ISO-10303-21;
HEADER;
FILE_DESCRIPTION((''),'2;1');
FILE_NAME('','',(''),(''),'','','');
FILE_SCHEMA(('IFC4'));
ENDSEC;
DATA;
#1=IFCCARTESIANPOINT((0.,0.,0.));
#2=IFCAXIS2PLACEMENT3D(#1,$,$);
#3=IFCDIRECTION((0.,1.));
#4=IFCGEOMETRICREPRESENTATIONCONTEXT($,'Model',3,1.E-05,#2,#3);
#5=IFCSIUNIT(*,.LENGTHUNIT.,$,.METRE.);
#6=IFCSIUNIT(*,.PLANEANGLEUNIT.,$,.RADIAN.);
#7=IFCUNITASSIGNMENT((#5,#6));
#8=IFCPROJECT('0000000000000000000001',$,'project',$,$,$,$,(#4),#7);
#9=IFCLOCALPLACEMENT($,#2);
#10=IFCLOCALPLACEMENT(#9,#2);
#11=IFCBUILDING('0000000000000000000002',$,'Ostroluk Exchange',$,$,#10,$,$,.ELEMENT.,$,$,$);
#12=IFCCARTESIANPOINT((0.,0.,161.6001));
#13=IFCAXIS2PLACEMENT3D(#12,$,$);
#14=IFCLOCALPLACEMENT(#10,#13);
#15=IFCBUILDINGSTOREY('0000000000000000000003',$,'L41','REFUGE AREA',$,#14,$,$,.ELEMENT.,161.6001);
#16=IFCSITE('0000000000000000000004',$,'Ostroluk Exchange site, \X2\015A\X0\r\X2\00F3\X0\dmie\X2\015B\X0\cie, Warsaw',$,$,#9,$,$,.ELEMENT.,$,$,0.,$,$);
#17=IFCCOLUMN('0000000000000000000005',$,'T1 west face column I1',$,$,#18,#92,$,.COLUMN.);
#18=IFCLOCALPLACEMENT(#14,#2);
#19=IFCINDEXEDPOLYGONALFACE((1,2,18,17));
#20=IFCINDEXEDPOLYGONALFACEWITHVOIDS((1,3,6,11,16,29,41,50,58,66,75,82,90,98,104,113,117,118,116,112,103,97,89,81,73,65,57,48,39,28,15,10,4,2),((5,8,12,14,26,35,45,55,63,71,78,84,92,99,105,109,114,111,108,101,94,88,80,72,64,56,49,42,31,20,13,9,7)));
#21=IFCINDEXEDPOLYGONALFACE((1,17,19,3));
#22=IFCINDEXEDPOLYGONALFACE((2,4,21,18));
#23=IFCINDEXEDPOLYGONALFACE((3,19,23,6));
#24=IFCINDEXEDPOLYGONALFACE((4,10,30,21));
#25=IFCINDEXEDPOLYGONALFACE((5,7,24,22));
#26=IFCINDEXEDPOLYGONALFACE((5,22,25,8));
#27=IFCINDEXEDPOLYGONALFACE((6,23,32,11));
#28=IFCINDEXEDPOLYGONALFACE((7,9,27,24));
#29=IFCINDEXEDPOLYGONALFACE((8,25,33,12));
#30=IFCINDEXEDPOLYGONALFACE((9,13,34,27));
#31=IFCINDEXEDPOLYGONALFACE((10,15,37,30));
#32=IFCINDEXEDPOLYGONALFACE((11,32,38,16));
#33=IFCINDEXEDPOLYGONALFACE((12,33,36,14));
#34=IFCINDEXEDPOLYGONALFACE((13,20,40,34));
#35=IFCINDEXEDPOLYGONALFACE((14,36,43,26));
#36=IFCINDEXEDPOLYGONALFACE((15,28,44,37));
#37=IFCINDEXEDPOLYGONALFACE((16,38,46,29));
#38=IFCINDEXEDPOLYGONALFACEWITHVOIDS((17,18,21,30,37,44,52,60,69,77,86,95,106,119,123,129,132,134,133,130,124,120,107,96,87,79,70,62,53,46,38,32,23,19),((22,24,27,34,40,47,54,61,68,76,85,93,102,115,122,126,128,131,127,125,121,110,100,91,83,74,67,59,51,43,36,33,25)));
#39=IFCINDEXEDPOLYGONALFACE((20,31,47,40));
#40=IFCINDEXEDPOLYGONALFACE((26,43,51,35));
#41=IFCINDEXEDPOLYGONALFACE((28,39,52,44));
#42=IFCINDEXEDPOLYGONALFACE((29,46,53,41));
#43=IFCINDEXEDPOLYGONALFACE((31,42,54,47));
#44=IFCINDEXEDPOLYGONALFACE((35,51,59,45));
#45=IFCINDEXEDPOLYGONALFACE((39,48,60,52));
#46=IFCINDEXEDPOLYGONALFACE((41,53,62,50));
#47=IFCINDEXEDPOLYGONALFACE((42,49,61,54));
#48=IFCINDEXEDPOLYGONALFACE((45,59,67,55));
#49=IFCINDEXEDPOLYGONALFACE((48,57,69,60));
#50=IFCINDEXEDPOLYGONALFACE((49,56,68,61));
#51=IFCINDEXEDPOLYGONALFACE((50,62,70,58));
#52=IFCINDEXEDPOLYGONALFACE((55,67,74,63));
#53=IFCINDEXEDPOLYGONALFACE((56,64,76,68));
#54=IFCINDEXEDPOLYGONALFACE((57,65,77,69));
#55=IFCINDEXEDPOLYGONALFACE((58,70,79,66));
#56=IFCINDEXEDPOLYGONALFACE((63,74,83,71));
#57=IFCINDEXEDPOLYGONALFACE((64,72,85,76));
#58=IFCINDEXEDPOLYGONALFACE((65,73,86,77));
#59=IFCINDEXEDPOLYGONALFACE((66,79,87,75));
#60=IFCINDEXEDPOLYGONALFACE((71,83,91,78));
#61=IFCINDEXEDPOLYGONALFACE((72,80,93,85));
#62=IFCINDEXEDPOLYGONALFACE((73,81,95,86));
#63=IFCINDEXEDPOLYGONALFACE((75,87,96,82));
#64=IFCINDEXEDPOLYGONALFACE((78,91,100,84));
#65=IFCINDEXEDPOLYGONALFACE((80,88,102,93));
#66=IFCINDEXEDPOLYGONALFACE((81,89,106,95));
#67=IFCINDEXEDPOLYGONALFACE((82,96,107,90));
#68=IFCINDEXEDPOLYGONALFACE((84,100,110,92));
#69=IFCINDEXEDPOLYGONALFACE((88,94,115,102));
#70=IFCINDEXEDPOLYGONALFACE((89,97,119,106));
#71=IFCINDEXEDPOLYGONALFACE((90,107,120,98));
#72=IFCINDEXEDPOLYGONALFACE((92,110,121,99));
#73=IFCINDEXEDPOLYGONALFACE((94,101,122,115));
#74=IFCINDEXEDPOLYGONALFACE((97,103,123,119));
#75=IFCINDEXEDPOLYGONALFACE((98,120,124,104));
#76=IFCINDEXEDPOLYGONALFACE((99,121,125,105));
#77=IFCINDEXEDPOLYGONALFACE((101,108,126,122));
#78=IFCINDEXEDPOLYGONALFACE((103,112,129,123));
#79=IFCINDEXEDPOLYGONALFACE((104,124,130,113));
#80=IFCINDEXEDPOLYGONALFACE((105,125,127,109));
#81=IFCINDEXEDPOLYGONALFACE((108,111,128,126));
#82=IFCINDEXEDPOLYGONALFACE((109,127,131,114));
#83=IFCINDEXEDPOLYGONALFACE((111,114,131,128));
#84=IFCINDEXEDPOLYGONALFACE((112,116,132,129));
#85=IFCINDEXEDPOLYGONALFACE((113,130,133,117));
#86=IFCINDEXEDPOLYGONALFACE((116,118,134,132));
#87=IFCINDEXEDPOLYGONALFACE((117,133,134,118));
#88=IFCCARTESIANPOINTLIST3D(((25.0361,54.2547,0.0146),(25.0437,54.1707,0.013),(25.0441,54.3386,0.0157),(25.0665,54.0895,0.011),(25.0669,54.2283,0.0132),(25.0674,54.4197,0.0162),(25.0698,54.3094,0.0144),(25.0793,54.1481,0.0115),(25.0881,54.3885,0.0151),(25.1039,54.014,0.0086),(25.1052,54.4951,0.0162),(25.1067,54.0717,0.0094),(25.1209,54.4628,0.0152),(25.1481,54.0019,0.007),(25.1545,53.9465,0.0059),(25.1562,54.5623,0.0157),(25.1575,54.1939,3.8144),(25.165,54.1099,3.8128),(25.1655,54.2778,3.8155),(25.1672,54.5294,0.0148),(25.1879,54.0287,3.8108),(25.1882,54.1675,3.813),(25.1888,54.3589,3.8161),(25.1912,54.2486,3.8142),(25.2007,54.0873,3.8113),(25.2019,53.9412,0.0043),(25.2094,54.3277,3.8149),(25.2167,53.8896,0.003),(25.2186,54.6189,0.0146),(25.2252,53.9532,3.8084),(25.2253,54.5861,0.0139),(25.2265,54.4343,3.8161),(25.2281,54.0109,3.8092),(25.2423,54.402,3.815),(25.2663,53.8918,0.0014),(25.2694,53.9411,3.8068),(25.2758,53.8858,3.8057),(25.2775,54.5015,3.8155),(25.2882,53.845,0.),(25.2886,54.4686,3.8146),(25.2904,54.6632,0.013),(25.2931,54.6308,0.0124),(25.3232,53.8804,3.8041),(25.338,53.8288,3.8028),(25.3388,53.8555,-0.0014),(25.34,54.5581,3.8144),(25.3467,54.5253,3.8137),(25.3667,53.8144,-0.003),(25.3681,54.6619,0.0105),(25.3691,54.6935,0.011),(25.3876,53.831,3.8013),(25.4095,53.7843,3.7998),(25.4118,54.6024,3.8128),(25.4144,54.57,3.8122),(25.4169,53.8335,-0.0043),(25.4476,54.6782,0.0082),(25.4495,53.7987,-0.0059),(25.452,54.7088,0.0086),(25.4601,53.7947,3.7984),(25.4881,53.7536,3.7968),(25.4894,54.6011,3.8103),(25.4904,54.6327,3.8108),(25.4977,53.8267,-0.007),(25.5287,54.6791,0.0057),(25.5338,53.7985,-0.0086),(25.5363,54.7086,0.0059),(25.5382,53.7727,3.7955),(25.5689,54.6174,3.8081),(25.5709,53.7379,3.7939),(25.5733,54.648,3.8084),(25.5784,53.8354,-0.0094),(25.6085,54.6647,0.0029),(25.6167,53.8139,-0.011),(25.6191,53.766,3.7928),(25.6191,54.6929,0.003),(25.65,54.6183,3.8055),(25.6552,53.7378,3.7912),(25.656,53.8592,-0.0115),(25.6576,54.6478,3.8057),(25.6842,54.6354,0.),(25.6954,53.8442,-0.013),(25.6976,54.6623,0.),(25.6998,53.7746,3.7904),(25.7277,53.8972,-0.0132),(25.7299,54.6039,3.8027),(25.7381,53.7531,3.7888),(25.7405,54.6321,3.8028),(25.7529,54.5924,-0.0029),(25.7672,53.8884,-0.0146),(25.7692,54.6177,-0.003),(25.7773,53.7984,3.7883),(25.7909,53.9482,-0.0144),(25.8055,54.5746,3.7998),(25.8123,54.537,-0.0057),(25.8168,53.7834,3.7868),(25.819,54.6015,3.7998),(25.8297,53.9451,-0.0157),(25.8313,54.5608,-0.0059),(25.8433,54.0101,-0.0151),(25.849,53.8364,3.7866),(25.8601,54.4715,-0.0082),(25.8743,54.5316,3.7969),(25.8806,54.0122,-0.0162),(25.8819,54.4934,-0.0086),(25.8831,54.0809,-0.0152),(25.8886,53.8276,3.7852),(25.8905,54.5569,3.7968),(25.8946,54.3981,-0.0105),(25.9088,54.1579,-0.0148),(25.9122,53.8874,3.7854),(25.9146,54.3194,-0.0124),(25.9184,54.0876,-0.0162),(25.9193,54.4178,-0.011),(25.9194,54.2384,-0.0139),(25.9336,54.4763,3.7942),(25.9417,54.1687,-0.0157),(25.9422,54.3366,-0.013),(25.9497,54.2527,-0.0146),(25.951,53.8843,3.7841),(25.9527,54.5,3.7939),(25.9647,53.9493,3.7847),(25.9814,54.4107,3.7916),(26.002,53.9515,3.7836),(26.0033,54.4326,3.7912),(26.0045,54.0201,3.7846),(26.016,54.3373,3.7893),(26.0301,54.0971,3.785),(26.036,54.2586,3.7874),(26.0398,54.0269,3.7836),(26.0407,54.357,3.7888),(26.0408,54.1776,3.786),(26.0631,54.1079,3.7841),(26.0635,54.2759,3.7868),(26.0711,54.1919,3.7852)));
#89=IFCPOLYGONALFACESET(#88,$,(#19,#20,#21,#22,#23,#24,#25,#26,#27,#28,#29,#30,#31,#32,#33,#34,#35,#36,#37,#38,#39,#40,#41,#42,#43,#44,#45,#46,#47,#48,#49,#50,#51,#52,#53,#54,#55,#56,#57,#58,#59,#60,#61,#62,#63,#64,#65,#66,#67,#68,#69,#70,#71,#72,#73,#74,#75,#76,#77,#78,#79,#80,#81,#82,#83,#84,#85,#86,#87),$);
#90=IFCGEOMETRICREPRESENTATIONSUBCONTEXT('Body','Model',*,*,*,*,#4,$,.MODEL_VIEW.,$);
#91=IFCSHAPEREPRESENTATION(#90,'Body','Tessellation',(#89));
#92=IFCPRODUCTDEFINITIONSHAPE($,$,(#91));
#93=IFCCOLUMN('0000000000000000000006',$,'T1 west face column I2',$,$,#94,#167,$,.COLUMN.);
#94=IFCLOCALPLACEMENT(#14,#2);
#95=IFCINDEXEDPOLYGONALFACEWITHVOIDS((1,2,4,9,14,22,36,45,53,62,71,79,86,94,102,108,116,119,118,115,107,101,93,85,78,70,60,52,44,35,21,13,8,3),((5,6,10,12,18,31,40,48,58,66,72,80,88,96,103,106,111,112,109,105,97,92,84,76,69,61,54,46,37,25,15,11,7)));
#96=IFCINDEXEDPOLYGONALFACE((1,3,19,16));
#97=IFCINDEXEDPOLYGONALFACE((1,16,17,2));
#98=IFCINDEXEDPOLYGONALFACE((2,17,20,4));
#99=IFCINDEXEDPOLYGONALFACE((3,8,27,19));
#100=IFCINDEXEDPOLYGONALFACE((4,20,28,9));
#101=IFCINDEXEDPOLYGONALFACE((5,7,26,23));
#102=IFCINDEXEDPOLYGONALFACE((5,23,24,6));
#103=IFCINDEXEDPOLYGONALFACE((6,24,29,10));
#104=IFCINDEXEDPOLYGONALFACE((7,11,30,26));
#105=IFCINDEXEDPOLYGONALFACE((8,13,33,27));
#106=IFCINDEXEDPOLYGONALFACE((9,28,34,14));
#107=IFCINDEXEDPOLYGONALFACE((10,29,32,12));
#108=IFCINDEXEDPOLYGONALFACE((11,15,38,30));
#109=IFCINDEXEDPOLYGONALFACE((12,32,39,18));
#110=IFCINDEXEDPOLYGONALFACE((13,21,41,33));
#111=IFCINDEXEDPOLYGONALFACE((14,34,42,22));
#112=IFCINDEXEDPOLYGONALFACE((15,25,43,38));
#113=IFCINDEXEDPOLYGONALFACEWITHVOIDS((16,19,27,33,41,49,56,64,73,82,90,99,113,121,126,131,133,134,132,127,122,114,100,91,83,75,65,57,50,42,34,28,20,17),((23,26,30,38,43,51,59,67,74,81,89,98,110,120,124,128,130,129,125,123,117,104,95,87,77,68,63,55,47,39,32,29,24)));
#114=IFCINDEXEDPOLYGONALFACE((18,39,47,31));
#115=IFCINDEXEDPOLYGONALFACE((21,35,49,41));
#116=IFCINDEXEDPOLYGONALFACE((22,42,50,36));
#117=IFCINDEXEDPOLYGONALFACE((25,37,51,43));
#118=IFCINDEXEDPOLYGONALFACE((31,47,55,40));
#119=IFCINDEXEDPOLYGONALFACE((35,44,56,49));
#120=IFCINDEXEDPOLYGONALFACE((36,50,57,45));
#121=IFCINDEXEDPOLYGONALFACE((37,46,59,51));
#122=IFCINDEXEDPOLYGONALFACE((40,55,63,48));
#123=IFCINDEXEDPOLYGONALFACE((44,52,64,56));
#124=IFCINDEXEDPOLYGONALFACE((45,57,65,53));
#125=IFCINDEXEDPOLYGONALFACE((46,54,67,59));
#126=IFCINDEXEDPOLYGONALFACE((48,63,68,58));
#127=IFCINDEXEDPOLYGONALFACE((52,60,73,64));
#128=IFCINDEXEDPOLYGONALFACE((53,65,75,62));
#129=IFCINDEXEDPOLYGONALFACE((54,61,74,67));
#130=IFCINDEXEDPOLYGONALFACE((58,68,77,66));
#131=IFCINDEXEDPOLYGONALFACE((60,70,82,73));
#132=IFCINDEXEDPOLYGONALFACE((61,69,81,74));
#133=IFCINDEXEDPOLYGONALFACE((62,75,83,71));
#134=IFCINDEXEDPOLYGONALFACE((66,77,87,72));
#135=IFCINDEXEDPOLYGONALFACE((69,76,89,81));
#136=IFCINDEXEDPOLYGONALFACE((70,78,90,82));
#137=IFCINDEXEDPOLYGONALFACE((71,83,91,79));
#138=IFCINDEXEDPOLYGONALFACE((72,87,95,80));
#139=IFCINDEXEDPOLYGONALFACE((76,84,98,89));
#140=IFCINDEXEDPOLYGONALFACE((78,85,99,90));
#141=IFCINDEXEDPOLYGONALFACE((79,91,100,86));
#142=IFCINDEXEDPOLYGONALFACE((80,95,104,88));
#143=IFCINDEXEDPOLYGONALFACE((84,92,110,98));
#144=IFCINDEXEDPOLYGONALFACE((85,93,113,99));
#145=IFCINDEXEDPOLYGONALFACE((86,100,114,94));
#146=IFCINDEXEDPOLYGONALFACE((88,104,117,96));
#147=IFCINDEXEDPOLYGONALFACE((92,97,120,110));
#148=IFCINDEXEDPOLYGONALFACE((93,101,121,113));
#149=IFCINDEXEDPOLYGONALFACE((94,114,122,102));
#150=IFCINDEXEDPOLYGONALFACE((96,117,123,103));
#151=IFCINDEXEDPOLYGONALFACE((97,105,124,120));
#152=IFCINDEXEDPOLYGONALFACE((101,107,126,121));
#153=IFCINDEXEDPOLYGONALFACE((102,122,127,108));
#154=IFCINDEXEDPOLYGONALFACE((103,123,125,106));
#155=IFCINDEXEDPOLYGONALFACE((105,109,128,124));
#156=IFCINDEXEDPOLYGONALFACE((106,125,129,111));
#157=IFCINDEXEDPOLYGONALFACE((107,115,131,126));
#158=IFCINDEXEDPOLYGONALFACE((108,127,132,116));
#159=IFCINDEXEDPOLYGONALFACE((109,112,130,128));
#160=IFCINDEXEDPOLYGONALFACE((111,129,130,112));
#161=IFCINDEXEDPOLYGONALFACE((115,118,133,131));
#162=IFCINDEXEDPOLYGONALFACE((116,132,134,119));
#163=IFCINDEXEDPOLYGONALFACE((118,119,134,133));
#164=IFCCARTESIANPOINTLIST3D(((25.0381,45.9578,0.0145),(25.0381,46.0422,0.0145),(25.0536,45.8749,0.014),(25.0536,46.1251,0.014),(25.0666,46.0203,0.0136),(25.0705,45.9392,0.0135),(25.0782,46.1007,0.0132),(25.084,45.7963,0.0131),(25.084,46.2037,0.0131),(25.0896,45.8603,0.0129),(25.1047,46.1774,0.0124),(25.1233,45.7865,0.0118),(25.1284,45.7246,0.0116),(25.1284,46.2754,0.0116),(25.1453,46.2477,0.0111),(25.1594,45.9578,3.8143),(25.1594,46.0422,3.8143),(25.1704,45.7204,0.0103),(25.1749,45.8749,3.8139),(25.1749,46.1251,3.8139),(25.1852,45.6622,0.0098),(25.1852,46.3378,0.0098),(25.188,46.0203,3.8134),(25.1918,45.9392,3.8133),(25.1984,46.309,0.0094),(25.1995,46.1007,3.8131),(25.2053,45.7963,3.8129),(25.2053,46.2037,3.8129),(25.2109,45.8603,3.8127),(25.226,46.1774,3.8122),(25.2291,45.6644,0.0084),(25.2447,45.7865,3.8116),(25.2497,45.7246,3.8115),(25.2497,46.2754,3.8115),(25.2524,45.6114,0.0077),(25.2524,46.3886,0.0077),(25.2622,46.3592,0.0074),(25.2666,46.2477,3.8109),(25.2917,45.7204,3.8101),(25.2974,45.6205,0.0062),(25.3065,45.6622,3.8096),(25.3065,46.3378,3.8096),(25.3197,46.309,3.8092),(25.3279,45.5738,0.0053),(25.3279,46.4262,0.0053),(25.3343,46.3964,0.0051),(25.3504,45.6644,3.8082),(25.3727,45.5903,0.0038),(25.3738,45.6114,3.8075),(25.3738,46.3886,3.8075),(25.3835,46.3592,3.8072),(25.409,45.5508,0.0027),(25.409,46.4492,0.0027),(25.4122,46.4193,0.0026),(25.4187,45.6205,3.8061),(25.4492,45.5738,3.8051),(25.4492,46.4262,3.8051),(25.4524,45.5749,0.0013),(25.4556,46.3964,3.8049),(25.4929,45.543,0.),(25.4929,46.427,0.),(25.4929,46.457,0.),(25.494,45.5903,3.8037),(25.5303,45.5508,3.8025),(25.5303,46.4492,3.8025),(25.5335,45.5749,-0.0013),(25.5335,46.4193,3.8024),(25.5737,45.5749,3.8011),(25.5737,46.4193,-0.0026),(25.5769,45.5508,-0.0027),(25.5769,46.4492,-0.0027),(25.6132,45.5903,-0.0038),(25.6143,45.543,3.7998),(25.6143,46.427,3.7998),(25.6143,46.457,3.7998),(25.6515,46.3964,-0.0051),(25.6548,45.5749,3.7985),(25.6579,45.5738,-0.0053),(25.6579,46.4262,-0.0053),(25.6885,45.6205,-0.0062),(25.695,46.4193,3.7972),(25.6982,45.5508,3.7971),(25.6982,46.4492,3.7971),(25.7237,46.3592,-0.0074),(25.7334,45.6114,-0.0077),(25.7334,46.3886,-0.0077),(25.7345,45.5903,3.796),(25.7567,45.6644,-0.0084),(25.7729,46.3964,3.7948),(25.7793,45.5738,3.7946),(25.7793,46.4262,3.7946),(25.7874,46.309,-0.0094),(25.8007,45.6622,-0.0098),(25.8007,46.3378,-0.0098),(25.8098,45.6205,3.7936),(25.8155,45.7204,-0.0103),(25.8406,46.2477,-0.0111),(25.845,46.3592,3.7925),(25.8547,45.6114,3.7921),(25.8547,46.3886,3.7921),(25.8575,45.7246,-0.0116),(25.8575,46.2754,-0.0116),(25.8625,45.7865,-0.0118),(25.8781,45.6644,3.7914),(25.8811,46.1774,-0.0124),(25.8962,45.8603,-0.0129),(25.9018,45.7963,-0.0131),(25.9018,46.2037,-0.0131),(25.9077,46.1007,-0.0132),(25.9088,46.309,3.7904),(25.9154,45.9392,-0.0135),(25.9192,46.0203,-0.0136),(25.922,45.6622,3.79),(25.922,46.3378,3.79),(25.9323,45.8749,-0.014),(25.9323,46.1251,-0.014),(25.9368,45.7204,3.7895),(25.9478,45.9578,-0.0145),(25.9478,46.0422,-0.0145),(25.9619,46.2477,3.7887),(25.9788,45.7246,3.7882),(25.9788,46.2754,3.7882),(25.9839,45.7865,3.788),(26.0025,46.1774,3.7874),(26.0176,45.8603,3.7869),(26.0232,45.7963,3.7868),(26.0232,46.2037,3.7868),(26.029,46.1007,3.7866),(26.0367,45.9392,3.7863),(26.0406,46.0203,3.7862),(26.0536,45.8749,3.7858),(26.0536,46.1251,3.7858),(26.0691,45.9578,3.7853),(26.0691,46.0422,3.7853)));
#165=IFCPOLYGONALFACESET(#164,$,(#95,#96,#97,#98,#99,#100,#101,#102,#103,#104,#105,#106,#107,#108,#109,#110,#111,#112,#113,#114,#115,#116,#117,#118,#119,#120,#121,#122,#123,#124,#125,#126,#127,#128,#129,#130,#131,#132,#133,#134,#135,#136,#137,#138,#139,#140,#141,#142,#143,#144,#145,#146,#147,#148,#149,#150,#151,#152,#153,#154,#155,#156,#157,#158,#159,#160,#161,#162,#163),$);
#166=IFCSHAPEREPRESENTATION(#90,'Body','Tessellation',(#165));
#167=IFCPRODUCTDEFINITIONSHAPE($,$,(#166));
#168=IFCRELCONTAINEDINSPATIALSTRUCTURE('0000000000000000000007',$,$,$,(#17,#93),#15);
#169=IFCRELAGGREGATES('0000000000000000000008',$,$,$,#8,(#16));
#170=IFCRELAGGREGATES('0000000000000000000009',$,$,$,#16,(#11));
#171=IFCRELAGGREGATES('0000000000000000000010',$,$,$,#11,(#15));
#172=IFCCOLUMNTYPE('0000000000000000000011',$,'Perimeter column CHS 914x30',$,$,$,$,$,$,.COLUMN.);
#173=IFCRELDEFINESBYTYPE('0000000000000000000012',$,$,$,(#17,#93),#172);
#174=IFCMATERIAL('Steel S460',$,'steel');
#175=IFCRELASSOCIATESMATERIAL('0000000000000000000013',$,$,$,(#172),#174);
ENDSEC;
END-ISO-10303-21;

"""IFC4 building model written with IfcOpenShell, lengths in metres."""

from ifc_helpers import new_model, si_unit, direction, frame, origin, origin_2d, place, context, subcontext, project, spatial, hollow_circle, extrude, material, material_profile, profile_set, type_object, element, save


model = new_model("IFC4")

# Units and contexts
model_context = context("Model", 3, precision=1e-05, world=origin(), true_north=direction((0.0, 1.0)))
body_context = subcontext(model_context, "Body", "Model", "MODEL_VIEW")
ifc_project = project(units=[si_unit("LENGTHUNIT", "METRE"), si_unit("PLANEANGLEUNIT", "RADIAN")], contexts=[model_context])

# Site, building, storey
site_placement = place(None, origin())
site = spatial("IfcSite", under=ifc_project, at=site_placement, Name="Ostroluk Exchange site, Śródmieście, Warsaw", CompositionType="ELEMENT", RefElevation=0.0)
building_placement = place(site_placement, origin())
building = spatial("IfcBuilding", under=site, at=building_placement, Name="Ostroluk Exchange", CompositionType="ELEMENT")
storey_placement = place(building_placement, frame((0.0, 0.0, 161.6001)))
storey = spatial("IfcBuildingStorey", under=building, at=storey_placement, Name="L41", Description="REFUGE AREA", CompositionType="ELEMENT", Elevation=161.6001)

# Columns
ifc_material_1 = material(Name="Steel S460", Category="steel")
ifc_material_profile_1 = material_profile(ifc_material_1, hollow_circle(Radius=0.457, WallThickness=0.03, at=origin_2d()), Name="CHS 914x30")
ifc_profile_set_1 = profile_set([ifc_material_profile_1], Name="Steel S460")
column_type = type_object("IfcColumnType", Name="Perimeter column CHS 914x30", PredefinedType="COLUMN", material=ifc_profile_set_1)
column_1_placement = place(storey_placement, frame((25.4929, 54.2537, 0.0), z_axis=(0.031912, -0.015988, 0.999363), x_axis=(0.447933, 0.894067, 0.0)))
element("IfcColumn", 1, at=column_1_placement, inside=storey, type_object=column_type, Name="T1 west face column I1", PredefinedType="COLUMN", context=body_context, shape_type="SweptSolid", body=[
    extrude(hollow_circle(Radius=0.457, WallThickness=0.03, at=origin_2d()), origin(), (0.0, 0.0, 1.0), 3.8022),
])
column_2_placement = place(storey_placement, frame((25.4929, 46.0, 0.0), z_axis=(0.031916, 0.0, 0.999491), x_axis=(0.0, 1.0, 0.0)))
element("IfcColumn", 2, at=column_2_placement, inside=storey, type_object=column_type, Name="T1 west face column I2", PredefinedType="COLUMN", context=body_context, shape_type="SweptSolid", body=[
    extrude(hollow_circle(Radius=0.457, WallThickness=0.03, at=origin_2d()), origin(), (0.0, 0.0, 1.0), 3.8018),
])

save(model, "model.ifc")
